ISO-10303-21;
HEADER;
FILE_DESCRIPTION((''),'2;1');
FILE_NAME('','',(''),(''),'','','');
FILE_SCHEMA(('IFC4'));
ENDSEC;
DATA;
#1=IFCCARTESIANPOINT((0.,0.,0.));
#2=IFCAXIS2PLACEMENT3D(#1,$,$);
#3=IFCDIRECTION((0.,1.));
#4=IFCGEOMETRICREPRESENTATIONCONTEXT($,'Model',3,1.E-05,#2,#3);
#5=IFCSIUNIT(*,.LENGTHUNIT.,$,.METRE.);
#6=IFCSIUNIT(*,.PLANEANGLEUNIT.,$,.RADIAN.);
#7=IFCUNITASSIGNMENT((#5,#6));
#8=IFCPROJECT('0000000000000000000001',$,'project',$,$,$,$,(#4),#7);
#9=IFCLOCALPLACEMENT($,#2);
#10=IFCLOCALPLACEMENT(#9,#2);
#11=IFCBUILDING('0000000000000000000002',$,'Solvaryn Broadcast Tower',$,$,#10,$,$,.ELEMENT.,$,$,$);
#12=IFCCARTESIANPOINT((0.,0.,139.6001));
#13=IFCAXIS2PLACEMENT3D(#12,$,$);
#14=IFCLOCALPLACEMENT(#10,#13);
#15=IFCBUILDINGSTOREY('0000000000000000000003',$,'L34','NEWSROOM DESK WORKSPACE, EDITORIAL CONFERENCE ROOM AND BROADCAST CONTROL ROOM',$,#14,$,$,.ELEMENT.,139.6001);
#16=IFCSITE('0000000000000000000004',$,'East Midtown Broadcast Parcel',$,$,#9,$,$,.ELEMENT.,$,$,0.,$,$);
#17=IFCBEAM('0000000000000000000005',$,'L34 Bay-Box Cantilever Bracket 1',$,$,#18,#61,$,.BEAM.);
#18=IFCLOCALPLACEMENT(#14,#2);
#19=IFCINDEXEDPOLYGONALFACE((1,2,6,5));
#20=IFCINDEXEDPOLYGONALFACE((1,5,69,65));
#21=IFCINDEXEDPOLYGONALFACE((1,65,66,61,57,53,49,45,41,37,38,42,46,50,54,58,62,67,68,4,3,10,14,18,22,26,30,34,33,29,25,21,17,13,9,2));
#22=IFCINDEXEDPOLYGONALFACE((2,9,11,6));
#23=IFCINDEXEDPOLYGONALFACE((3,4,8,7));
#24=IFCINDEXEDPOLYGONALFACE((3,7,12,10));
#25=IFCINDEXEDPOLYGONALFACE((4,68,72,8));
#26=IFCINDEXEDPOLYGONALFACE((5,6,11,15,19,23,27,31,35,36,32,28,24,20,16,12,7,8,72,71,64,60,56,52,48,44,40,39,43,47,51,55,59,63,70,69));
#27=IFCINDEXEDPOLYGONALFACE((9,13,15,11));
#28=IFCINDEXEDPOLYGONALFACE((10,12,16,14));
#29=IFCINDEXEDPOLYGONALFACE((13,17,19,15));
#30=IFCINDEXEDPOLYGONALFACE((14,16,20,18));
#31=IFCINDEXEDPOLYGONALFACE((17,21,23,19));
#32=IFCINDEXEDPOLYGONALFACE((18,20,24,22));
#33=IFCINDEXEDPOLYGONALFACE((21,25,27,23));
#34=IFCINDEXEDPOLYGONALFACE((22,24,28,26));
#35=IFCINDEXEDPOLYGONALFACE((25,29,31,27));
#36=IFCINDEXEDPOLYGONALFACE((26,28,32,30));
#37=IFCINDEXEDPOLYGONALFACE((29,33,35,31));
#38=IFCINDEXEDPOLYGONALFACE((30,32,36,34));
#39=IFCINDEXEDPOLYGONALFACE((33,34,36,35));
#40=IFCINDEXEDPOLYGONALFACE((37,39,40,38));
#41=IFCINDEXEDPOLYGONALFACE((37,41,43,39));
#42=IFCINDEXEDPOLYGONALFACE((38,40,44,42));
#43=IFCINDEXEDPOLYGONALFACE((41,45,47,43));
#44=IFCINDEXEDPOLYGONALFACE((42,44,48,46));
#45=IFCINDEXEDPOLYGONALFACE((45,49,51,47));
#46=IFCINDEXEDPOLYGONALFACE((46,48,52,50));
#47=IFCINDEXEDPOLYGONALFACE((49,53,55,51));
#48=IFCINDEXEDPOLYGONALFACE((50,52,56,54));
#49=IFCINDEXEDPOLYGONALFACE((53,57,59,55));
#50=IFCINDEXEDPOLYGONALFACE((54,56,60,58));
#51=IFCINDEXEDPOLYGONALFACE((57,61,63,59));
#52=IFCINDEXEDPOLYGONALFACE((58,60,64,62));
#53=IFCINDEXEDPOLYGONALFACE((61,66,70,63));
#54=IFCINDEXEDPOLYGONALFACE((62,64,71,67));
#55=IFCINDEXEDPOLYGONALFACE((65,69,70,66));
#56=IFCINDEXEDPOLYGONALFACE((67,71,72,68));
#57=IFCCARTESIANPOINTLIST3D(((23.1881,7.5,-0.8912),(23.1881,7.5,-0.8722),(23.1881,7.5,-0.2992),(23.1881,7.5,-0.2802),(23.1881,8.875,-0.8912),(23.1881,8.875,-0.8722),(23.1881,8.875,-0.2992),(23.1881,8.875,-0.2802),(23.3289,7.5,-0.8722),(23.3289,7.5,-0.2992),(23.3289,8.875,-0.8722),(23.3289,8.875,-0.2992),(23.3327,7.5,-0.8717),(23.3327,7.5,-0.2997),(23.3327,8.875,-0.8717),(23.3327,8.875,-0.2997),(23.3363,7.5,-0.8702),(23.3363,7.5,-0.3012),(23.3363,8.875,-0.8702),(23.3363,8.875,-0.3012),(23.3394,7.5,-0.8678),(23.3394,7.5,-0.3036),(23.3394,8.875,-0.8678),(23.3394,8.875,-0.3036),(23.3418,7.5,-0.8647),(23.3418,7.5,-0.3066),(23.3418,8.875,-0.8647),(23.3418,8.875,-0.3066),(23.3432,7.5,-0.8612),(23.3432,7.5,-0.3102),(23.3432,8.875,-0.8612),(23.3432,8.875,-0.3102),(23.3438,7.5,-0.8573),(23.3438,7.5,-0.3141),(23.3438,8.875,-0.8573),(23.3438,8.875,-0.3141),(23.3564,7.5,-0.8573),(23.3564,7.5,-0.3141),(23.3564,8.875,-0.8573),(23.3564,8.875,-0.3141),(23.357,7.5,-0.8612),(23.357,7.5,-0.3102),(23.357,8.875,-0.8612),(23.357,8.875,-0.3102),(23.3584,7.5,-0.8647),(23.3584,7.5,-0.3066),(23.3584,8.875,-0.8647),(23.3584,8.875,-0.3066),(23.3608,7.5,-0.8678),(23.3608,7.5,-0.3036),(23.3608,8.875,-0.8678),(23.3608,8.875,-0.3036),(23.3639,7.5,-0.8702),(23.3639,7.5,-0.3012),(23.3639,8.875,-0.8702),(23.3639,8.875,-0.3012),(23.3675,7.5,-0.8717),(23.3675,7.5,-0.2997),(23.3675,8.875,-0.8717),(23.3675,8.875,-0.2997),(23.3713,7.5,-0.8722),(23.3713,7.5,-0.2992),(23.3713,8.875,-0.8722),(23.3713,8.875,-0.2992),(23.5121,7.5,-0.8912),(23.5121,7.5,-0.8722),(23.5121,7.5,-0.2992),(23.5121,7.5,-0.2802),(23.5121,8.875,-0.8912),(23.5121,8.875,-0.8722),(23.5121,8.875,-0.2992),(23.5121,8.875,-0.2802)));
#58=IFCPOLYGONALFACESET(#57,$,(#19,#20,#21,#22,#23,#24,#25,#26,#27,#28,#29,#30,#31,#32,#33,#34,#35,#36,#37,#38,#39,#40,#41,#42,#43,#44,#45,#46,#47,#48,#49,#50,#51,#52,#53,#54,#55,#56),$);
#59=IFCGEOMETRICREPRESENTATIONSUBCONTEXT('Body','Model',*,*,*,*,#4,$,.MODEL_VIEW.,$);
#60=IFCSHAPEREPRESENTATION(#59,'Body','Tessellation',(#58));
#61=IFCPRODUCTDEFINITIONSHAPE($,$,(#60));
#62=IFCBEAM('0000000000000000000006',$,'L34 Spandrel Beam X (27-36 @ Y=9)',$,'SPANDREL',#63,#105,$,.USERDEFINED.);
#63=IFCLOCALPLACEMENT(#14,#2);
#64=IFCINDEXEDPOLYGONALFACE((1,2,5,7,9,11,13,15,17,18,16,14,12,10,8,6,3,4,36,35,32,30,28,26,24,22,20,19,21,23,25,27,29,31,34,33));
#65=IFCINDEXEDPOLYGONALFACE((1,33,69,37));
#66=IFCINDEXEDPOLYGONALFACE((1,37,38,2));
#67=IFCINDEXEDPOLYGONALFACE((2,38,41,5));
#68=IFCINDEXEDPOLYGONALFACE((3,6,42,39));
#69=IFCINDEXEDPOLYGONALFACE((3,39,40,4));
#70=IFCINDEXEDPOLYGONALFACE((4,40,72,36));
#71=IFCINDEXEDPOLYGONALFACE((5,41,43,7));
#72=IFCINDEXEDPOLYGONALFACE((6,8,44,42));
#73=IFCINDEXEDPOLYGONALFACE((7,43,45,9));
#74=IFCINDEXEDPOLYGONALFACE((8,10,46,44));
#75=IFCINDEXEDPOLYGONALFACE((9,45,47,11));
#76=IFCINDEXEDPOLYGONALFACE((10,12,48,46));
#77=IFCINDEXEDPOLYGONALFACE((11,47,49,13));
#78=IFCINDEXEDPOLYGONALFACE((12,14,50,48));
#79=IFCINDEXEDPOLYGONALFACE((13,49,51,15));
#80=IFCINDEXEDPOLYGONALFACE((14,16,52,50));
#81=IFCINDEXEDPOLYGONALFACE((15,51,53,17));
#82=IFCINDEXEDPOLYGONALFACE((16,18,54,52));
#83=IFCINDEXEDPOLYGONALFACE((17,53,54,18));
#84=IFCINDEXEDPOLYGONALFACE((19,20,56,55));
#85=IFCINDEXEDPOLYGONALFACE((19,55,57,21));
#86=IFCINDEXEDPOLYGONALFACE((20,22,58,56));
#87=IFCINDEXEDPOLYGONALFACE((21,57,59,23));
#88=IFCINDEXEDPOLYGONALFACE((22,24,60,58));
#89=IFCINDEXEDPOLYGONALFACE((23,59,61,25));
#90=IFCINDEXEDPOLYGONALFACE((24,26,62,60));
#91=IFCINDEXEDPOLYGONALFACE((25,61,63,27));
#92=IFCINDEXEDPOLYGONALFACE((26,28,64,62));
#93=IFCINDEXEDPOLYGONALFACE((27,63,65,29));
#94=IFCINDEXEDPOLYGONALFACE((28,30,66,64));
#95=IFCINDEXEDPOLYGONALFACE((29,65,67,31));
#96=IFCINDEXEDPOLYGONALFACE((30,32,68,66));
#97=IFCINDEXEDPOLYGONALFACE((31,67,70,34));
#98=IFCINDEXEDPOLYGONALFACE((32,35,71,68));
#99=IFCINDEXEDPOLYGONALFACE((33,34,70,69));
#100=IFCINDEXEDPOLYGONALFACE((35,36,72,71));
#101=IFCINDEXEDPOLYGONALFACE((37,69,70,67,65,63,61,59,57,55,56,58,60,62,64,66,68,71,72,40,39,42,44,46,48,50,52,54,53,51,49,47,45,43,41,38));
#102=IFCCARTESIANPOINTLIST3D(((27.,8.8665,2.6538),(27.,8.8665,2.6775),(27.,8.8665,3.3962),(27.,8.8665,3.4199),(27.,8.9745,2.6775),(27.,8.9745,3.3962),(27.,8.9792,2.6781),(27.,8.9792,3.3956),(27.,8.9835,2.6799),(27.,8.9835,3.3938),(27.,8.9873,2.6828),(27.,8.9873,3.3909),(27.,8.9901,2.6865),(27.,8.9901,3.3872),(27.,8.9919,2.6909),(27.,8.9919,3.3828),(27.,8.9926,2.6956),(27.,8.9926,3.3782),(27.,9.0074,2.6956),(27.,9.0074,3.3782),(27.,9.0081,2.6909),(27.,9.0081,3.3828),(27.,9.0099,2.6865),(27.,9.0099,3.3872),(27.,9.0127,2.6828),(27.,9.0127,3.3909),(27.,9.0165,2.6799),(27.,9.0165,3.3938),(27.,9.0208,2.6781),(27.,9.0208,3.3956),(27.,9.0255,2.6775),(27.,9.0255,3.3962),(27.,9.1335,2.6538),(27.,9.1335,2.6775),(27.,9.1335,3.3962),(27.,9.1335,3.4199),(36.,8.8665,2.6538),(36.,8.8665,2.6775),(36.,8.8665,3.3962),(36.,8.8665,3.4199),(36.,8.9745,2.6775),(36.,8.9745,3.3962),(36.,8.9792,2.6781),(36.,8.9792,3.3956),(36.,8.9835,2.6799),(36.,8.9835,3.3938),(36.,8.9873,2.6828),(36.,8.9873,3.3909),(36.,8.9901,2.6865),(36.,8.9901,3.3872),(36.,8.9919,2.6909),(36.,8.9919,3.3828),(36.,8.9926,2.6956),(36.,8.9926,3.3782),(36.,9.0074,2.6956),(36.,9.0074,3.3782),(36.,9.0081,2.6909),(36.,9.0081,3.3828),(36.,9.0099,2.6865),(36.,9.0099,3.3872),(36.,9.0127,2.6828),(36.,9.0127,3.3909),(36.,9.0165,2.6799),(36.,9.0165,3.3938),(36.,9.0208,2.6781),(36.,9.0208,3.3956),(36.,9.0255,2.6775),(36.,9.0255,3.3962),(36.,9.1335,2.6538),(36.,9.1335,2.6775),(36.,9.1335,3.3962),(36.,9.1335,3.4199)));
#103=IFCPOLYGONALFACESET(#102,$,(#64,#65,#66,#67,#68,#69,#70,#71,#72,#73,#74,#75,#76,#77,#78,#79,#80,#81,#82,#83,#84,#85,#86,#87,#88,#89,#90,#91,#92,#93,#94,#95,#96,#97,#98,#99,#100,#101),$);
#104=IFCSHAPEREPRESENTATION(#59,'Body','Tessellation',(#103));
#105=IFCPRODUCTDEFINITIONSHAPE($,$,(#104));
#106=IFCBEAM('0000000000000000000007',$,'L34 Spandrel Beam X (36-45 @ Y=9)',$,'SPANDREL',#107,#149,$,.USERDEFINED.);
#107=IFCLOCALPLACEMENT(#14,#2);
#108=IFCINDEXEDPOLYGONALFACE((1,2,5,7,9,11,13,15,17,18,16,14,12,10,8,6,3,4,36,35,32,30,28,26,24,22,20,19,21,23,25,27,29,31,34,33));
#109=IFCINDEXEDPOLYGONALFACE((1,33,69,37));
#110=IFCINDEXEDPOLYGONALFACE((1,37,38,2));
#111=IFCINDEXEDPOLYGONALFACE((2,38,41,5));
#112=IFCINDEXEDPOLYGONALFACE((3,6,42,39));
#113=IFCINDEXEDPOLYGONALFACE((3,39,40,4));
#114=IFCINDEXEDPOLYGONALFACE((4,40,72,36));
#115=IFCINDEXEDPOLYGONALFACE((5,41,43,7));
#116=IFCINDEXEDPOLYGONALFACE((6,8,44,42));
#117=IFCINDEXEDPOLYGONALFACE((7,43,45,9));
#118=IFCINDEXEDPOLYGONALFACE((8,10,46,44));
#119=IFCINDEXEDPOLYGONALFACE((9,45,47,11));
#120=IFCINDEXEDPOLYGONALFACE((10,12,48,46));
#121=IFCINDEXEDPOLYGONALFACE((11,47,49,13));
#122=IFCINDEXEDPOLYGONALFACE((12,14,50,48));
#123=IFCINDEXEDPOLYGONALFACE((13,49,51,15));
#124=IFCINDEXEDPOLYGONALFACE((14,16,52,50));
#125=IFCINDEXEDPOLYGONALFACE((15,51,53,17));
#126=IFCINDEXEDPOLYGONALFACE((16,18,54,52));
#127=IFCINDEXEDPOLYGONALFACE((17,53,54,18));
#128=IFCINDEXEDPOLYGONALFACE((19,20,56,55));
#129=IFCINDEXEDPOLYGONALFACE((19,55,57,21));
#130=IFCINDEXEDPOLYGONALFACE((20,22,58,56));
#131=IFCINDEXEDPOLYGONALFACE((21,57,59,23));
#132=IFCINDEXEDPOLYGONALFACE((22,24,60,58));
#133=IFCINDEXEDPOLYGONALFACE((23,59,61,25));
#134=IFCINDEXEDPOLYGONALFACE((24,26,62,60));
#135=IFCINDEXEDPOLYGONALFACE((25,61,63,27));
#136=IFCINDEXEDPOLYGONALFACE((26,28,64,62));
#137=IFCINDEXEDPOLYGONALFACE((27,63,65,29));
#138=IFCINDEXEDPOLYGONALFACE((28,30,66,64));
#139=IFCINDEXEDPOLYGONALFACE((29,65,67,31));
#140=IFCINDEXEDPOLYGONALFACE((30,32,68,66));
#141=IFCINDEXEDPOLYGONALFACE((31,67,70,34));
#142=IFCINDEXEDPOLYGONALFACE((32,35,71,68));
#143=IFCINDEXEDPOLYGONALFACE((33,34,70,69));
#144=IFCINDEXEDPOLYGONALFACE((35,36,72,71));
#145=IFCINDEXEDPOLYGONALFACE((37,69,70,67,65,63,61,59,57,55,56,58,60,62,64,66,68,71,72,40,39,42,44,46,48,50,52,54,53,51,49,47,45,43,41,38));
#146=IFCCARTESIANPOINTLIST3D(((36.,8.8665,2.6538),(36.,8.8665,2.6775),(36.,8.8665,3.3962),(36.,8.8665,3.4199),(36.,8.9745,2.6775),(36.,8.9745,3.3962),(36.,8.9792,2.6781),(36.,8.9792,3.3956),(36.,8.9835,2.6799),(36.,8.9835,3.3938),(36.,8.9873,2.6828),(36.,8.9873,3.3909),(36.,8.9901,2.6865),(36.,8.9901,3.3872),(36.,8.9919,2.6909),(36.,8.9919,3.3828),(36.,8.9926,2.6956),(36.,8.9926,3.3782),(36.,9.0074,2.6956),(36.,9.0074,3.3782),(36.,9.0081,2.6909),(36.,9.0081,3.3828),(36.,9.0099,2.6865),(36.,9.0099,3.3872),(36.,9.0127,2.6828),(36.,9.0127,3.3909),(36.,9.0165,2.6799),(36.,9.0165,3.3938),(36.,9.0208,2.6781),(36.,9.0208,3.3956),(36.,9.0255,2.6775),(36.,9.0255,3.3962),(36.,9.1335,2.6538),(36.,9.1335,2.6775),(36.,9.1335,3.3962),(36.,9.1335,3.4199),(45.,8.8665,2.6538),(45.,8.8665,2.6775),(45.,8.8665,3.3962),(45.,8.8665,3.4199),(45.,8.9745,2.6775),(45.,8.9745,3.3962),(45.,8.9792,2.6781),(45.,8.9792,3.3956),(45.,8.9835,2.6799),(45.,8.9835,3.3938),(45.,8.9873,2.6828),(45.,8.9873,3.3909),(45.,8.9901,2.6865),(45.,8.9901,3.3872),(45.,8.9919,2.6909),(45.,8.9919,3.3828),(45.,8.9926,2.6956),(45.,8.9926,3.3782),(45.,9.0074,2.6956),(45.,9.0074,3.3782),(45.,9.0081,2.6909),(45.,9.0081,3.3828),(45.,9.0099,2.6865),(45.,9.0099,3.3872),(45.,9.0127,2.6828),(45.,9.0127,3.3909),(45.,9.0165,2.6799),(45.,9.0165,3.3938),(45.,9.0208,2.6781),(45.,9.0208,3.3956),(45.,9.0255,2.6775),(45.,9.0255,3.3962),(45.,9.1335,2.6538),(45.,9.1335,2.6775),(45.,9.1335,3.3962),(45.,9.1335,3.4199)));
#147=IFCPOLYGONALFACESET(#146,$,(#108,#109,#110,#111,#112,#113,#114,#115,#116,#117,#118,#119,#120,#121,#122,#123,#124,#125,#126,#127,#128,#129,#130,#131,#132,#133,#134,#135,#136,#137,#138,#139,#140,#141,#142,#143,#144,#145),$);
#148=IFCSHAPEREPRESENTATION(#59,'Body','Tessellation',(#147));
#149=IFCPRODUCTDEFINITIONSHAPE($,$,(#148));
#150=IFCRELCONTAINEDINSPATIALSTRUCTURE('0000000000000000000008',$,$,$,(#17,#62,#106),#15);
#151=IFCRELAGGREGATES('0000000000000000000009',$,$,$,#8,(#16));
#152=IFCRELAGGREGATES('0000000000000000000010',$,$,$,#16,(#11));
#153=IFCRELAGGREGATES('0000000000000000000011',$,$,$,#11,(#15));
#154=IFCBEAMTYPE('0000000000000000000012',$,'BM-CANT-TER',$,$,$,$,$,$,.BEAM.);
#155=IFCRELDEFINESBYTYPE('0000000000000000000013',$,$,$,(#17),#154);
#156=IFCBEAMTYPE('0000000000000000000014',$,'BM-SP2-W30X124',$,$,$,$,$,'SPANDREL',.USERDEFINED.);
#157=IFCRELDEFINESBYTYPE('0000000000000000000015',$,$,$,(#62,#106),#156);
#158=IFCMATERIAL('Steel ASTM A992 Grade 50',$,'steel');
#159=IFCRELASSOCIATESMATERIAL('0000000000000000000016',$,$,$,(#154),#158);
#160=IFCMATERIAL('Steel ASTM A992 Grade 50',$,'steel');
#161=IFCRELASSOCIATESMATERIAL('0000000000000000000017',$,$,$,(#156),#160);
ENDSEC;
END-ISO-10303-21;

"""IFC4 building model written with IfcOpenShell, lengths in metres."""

from ifc_helpers import new_model, si_unit, direction, frame, origin, origin_2d, place, context, subcontext, project, spatial, i_section, extrude, material, material_profile, profile_set, type_object, element, save


model = new_model("IFC4")

# Units and contexts
model_context = context("Model", 3, precision=1e-05, world=origin(), true_north=direction((0.0, 1.0)))
body_context = subcontext(model_context, "Body", "Model", "MODEL_VIEW")
ifc_project = project(units=[si_unit("LENGTHUNIT", "METRE"), si_unit("PLANEANGLEUNIT", "RADIAN")], contexts=[model_context])

# Site, building, storey
site_placement = place(None, origin())
site = spatial("IfcSite", under=ifc_project, at=site_placement, Name="East Midtown Broadcast Parcel", CompositionType="ELEMENT", RefElevation=0.0)
building_placement = place(site_placement, origin())
building = spatial("IfcBuilding", under=site, at=building_placement, Name="Solvaryn Broadcast Tower", CompositionType="ELEMENT")
storey_placement = place(building_placement, frame((0.0, 0.0, 139.6001)))
storey = spatial("IfcBuildingStorey", under=building, at=storey_placement, Name="L34", Description="NEWSROOM DESK WORKSPACE, EDITORIAL CONFERENCE ROOM AND BROADCAST CONTROL ROOM", CompositionType="ELEMENT", Elevation=139.6001)

# Beams
ifc_material_1 = material(Name="Steel ASTM A992 Grade 50", Category="steel")
ifc_material_profile_1 = material_profile(ifc_material_1, i_section(OverallWidth=0.324, OverallDepth=0.6111, WebThickness=0.0127, FlangeThickness=0.019, FilletRadius=0.0149, at=origin_2d()))
ifc_profile_set_1 = profile_set([ifc_material_profile_1], Name="Steel ASTM A992 Grade 50")
beam_type_1 = type_object("IfcBeamType", Name="BM-CANT-TER", PredefinedType="BEAM", material=ifc_profile_set_1)
beam_1_placement = place(storey_placement, frame((23.3501, 8.875, -0.5857), z_axis=(0.0, -1.0, 0.0), x_axis=(1.0, 0.0, 0.0)))
element("IfcBeam", 1, at=beam_1_placement, inside=storey, type_object=beam_type_1, Name="L34 Bay-Box Cantilever Bracket 1", PredefinedType="BEAM", context=body_context, shape_type="SweptSolid", body=[
    extrude(i_section(OverallWidth=0.324, OverallDepth=0.6111, WebThickness=0.0127, FlangeThickness=0.019, FilletRadius=0.0149, at=origin_2d()), origin(), (0.0, 0.0, 1.0), 1.375),
])
ifc_material_2 = material(Name="Steel ASTM A992 Grade 50", Category="steel")
ifc_material_profile_2 = material_profile(ifc_material_2, i_section(OverallWidth=0.2671, OverallDepth=0.7661, WebThickness=0.0149, FlangeThickness=0.0237, FilletRadius=0.0181, at=origin_2d()))
ifc_profile_set_2 = profile_set([ifc_material_profile_2], Name="Steel ASTM A992 Grade 50")
beam_type_2 = type_object("IfcBeamType", Name="BM-SP2-W30X124", ElementType="SPANDREL", PredefinedType="USERDEFINED", material=ifc_profile_set_2)
for number, where, z_axis, x_axis, name in (
    (2, (27.0, 9.0, 3.0369), (1.0, 0.0, 0.0), (0.0, 1.0, 0.0), "L34 Spandrel Beam X (27-36 @ Y=9)"),
    (3, (36.0, 9.0, 3.0369), (1.0, 0.0, 0.0), (0.0, 1.0, 0.0), "L34 Spandrel Beam X (36-45 @ Y=9)"),
):
    element("IfcBeam", number, at=place(storey_placement, frame(where, z_axis=z_axis, x_axis=x_axis)), inside=storey, type_object=beam_type_2, Name=name, ObjectType="SPANDREL", PredefinedType="USERDEFINED", context=body_context, shape_type="SweptSolid", body=[
        extrude(i_section(OverallWidth=0.2671, OverallDepth=0.7661, WebThickness=0.0149, FlangeThickness=0.0237, FilletRadius=0.0181, at=origin_2d()), origin(), (0.0, 0.0, 1.0), 9.0),
    ])

save(model, "model.ifc")
